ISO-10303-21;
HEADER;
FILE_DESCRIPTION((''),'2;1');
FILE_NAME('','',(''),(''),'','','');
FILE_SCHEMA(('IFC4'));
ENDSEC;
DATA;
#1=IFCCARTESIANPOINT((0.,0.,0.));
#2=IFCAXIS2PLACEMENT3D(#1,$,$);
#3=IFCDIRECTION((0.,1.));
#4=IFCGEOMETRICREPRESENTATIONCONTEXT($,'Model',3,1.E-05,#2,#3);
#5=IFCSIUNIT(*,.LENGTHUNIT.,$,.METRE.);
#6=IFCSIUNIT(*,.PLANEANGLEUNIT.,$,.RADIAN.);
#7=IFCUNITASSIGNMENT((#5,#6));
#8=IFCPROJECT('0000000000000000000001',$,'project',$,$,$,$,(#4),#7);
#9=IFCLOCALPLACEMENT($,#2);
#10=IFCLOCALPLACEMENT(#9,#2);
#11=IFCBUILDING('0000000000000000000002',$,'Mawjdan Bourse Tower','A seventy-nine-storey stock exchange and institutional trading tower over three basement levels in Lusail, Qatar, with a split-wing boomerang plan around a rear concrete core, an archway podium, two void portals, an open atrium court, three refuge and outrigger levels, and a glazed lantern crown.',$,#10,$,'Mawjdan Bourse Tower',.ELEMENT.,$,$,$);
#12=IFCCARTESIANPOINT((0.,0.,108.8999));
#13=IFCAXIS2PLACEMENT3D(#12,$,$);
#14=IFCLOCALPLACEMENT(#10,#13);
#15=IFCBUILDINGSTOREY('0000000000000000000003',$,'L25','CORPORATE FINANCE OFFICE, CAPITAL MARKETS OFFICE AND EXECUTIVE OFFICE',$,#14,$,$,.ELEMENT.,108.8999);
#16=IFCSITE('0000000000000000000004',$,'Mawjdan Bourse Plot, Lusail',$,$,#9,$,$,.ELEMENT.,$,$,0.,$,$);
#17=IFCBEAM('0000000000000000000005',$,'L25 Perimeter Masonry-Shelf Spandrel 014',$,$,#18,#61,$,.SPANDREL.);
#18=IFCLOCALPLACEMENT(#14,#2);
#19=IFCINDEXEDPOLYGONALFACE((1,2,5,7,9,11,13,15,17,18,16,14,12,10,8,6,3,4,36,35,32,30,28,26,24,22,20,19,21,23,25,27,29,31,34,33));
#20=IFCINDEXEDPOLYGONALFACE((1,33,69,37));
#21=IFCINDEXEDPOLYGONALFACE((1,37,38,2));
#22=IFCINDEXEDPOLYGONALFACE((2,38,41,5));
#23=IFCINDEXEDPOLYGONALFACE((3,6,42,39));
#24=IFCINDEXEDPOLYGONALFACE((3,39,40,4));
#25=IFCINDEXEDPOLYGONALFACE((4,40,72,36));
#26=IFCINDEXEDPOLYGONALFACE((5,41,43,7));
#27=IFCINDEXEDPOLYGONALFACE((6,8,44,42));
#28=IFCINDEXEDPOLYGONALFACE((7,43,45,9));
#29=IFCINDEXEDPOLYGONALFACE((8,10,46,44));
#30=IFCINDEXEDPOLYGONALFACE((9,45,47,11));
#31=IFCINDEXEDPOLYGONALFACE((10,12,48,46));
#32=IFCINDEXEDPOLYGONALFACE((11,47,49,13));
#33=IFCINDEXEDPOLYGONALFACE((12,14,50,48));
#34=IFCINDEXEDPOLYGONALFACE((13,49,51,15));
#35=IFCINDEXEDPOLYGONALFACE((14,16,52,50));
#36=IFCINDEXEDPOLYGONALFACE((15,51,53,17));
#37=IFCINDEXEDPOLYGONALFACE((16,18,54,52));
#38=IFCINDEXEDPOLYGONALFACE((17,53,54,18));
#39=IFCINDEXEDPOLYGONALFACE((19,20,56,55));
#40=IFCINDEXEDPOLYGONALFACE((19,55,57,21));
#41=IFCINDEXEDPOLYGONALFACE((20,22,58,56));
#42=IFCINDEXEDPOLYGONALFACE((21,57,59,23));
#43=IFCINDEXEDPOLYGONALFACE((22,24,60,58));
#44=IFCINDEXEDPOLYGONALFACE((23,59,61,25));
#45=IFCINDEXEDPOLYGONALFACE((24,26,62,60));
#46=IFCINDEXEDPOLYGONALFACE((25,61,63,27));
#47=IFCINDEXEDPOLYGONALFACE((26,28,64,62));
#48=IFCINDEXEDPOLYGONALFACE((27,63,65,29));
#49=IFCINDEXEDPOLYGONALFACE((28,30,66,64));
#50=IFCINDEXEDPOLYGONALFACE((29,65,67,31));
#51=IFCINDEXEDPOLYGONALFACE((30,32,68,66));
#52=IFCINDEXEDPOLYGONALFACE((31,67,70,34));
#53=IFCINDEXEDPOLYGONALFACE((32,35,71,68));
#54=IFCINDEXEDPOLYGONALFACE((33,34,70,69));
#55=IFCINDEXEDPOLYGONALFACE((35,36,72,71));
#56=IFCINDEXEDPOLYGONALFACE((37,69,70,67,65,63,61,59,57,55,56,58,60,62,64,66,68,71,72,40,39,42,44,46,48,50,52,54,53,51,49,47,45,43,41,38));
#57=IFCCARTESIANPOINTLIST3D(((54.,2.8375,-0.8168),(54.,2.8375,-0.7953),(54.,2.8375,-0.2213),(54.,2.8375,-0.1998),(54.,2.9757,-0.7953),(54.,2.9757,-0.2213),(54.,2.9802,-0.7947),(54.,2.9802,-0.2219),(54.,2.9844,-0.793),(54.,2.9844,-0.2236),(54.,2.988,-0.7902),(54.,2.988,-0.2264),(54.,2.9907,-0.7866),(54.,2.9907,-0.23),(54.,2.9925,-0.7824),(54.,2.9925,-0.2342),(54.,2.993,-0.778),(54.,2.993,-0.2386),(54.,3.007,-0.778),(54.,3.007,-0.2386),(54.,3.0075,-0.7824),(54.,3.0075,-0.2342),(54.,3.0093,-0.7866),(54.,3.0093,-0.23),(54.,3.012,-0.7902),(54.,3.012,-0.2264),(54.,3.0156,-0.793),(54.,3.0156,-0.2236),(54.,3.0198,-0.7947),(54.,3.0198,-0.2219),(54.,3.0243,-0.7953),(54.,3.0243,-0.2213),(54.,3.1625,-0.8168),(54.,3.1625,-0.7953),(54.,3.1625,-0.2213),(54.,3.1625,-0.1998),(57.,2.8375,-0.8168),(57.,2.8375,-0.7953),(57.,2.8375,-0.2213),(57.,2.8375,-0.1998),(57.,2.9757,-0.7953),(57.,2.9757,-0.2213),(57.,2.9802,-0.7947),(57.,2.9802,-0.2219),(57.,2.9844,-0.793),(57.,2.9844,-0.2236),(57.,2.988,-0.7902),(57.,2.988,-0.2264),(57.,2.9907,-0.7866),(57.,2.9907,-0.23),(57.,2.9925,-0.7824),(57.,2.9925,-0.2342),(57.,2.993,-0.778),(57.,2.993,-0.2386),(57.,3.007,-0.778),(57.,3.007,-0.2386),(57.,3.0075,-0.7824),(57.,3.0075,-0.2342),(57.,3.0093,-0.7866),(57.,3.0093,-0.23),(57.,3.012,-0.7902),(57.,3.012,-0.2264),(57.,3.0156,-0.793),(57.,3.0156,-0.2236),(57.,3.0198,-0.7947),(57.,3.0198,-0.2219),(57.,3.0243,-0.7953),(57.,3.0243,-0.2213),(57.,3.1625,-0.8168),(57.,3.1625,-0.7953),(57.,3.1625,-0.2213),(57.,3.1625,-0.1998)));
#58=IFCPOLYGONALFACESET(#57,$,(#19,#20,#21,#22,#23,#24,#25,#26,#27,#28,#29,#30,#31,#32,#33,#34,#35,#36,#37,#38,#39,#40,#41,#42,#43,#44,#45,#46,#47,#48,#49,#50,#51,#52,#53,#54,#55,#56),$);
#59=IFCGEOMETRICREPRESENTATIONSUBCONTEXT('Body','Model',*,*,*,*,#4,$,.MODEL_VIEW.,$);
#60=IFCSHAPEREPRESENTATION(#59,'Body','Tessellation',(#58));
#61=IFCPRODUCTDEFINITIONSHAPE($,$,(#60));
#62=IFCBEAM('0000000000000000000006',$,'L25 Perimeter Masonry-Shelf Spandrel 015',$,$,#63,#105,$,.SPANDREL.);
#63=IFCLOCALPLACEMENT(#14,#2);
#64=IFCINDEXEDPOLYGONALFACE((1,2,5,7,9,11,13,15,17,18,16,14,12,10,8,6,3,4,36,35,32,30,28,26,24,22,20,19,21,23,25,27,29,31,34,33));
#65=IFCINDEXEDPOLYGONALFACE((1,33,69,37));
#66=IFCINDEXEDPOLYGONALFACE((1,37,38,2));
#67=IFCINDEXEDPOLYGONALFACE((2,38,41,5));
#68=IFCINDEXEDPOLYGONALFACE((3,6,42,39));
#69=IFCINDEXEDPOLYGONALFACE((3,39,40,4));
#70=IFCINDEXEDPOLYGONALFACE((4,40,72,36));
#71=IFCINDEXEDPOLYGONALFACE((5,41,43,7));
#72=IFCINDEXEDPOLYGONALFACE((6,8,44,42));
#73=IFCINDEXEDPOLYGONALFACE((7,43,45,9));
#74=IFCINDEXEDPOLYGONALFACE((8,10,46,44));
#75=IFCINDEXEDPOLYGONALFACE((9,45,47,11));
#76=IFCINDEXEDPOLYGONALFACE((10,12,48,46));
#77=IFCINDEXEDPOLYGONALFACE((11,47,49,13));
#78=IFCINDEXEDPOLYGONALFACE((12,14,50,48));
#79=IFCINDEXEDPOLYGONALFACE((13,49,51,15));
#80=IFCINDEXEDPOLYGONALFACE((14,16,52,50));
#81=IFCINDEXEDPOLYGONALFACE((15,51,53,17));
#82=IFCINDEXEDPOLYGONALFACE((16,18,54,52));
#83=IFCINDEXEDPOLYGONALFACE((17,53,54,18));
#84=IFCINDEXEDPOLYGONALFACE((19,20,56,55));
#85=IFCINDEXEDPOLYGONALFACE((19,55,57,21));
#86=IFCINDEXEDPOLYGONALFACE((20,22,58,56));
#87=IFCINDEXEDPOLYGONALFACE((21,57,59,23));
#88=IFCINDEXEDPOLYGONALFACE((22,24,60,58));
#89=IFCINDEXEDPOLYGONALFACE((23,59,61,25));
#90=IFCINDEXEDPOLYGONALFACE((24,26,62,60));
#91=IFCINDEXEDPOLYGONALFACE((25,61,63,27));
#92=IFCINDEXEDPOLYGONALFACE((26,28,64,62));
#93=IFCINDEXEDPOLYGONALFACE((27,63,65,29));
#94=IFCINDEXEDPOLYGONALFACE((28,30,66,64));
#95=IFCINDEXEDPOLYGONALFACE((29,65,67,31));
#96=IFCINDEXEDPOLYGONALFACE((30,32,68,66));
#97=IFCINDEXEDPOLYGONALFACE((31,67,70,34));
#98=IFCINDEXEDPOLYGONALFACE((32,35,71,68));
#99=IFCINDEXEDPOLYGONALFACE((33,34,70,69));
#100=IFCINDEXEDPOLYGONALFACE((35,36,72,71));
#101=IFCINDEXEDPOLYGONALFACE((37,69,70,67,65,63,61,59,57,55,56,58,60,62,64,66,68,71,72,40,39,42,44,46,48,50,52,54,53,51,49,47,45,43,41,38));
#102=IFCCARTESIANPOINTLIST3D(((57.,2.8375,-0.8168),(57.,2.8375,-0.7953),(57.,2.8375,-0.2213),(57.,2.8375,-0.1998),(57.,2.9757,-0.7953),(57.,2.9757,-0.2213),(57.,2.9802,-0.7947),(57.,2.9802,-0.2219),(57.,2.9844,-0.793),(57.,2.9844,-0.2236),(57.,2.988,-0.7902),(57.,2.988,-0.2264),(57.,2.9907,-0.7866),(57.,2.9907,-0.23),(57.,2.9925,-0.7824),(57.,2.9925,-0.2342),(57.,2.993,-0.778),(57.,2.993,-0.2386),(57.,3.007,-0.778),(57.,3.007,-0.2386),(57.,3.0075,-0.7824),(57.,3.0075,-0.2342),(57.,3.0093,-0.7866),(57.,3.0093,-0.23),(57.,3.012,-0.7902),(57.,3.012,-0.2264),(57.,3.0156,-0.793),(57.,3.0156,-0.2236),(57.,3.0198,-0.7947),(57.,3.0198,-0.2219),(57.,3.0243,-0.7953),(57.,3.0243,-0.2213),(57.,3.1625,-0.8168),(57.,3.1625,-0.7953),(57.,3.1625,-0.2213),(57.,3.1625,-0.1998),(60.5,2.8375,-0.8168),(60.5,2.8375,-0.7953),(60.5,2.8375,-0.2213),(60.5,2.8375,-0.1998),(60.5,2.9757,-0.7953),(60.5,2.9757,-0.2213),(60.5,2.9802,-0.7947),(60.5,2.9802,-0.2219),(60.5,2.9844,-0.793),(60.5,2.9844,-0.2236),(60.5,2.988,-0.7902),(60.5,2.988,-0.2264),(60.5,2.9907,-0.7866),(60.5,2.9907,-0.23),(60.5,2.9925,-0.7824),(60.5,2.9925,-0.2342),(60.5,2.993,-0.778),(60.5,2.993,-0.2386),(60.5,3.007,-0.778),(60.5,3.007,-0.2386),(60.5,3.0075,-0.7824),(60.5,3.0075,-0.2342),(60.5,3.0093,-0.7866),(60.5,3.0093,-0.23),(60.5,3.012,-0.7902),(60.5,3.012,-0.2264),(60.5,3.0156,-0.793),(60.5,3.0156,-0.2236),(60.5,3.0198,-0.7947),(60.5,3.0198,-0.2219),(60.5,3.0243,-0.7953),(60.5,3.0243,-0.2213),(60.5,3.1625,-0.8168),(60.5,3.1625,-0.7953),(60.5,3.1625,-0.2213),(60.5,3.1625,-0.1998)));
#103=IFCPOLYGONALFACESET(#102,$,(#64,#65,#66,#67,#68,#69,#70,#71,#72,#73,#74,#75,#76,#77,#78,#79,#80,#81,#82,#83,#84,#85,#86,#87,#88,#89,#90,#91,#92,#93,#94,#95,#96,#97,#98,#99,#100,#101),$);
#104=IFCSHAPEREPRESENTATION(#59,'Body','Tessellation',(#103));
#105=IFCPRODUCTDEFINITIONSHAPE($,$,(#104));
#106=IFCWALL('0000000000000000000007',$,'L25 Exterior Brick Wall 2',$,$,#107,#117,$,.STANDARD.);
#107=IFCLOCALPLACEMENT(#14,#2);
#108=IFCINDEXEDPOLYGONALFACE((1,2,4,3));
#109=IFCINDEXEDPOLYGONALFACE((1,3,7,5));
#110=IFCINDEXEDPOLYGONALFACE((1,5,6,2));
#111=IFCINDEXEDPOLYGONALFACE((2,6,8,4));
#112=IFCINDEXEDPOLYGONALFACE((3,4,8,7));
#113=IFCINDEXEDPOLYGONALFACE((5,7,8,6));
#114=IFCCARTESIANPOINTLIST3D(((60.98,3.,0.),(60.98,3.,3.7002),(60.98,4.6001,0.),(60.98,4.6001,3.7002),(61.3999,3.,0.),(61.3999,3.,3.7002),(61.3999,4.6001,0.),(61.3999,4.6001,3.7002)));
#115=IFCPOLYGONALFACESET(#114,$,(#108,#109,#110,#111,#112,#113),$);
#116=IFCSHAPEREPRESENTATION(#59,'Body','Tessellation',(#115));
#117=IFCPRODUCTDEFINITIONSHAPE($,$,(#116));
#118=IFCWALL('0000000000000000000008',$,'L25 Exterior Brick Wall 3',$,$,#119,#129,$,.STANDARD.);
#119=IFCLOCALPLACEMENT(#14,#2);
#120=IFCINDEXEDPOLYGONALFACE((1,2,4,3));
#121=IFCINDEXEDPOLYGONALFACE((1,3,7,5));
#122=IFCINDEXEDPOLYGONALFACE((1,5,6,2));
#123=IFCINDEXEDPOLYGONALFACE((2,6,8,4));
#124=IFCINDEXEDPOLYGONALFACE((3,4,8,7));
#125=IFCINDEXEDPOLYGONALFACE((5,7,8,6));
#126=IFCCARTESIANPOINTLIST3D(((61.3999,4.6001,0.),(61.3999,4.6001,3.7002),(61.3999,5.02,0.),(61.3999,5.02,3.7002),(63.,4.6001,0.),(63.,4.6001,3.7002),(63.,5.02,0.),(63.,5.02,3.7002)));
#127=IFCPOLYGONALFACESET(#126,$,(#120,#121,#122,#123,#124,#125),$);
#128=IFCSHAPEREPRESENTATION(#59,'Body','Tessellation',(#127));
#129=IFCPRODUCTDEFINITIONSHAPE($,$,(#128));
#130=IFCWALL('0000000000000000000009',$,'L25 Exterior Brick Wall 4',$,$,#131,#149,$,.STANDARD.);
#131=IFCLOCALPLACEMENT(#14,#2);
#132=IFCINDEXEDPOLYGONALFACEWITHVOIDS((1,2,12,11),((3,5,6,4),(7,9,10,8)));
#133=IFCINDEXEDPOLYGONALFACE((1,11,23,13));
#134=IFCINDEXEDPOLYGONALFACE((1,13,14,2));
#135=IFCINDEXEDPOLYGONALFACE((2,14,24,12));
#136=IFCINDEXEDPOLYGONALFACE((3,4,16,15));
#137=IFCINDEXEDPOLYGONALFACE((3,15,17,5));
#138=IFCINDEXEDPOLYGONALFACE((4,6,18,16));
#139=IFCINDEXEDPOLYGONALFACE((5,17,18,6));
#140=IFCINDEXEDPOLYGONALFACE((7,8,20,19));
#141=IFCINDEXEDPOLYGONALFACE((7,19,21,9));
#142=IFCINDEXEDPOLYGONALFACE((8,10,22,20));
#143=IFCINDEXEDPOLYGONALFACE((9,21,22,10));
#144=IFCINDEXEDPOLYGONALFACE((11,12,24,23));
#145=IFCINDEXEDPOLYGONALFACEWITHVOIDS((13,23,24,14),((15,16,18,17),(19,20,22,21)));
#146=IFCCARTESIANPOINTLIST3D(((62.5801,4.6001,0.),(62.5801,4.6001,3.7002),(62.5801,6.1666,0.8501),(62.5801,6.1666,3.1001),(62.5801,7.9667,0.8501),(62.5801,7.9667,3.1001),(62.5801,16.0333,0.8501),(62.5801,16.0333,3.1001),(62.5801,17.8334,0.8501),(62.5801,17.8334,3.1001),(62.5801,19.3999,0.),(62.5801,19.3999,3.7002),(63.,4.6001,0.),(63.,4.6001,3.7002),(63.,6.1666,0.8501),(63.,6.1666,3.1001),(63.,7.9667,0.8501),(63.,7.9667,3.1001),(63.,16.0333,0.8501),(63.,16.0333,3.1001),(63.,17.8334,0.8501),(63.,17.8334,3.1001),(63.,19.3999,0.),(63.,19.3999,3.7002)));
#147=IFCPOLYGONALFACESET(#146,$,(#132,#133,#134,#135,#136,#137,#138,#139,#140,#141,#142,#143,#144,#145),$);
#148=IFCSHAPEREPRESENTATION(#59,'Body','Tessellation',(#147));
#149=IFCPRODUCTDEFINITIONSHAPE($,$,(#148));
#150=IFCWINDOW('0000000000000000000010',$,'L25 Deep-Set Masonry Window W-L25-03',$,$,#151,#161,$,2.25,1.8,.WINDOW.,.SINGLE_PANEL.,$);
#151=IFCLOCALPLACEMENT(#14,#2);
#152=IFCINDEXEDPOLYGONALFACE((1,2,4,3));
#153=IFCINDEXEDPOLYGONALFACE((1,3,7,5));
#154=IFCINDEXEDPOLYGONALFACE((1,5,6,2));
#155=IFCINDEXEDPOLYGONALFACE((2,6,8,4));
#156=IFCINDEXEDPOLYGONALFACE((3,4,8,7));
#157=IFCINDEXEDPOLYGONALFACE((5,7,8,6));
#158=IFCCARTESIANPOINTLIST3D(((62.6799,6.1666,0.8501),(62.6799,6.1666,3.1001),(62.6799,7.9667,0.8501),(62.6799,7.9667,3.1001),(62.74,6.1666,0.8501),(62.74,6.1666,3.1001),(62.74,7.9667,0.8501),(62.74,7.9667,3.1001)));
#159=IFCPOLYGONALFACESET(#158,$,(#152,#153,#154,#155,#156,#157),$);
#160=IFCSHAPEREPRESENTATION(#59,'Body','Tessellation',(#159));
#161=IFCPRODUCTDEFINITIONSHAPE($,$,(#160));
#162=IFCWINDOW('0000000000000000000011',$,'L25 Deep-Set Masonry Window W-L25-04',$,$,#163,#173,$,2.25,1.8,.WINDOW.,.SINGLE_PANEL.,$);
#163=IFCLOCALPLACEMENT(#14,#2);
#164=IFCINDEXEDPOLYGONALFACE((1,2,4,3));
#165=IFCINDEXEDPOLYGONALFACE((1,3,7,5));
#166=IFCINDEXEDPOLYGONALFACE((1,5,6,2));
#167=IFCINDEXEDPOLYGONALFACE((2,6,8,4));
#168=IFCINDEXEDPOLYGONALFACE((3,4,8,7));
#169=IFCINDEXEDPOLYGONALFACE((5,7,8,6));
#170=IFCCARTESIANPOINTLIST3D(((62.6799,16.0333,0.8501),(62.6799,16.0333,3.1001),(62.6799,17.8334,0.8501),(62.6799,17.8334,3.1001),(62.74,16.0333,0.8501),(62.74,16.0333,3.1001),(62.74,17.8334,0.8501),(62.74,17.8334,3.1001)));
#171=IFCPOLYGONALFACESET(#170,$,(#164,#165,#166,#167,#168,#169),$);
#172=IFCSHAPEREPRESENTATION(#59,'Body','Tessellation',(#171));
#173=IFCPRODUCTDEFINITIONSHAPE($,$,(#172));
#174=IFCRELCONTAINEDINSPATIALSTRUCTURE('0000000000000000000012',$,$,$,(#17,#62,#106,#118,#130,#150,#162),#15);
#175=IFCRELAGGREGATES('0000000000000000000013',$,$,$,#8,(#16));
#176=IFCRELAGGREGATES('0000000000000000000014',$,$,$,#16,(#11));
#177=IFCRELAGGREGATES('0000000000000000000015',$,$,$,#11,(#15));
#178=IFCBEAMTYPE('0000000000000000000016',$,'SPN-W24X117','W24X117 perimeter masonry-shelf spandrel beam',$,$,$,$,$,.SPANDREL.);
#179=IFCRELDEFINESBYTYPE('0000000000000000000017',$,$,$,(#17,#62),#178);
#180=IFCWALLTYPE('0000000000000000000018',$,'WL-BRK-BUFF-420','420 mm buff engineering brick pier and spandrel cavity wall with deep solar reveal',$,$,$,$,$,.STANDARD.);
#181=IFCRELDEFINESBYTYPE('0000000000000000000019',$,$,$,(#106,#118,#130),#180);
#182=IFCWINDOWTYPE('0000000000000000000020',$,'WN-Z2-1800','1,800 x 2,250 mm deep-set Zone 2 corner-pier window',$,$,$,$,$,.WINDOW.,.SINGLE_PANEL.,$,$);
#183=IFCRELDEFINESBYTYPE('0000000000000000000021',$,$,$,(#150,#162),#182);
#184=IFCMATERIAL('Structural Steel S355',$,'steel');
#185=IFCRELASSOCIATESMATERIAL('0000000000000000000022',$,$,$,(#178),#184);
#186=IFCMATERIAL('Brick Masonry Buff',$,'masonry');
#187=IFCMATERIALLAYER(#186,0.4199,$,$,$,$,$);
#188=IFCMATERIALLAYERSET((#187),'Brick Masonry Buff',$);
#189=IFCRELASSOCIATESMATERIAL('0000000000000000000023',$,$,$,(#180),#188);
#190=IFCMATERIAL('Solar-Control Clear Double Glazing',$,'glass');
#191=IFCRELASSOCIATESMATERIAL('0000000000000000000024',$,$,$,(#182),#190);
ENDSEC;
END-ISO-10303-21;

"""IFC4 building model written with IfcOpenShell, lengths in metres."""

from ifc_helpers import new_model, si_unit, direction, frame, frame_2d, origin, origin_2d, place, context, subcontext, project, spatial, rectangle, i_section, extrude, material, layer, layer_set, material_profile, profile_set, type_object, element, fill, save


model = new_model("IFC4")

# Units and contexts
model_context = context("Model", 3, precision=1e-05, world=origin(), true_north=direction((0.0, 1.0)))
body_context = subcontext(model_context, "Body", "Model", "MODEL_VIEW")
ifc_project = project(units=[si_unit("LENGTHUNIT", "METRE"), si_unit("PLANEANGLEUNIT", "RADIAN")], contexts=[model_context])

# Site, building, storey
site_placement = place(None, origin())
site = spatial("IfcSite", under=ifc_project, at=site_placement, Name="Mawjdan Bourse Plot, Lusail", CompositionType="ELEMENT", RefElevation=0.0)
building_placement = place(site_placement, origin())
building = spatial("IfcBuilding", under=site, at=building_placement, Name="Mawjdan Bourse Tower", Description="A seventy-nine-storey stock exchange and institutional trading tower over three basement levels in Lusail, Qatar, with a split-wing boomerang plan around a rear concrete core, an archway podium, two void portals, an open atrium court, three refuge and outrigger levels, and a glazed lantern crown.", LongName="Mawjdan Bourse Tower", CompositionType="ELEMENT")
storey_placement = place(building_placement, frame((0.0, 0.0, 108.8999)))
storey = spatial("IfcBuildingStorey", under=building, at=storey_placement, Name="L25", Description="CORPORATE FINANCE OFFICE, CAPITAL MARKETS OFFICE AND EXECUTIVE OFFICE", CompositionType="ELEMENT", Elevation=108.8999)

# Beams
ifc_material_1 = material(Name="Structural Steel S355", Category="steel")
ifc_material_profile_1 = material_profile(ifc_material_1, i_section(OverallWidth=0.325, OverallDepth=0.6169, WebThickness=0.0139, FlangeThickness=0.0215, FilletRadius=0.0173, at=origin_2d()), Name="W24X117")
ifc_profile_set_1 = profile_set([ifc_material_profile_1], Name="Structural Steel S355")
beam_type_1 = type_object("IfcBeamType", Name="SPN-W24X117", Description="W24X117 perimeter masonry-shelf spandrel beam", PredefinedType="SPANDREL", material=ifc_profile_set_1)
for number, where, z_axis, x_axis, name in (
    (1, (54.0, 3.0, -0.5083), (1.0, 0.0, 0.0), (0.0, 1.0, 0.0), "L25 Perimeter Masonry-Shelf Spandrel 014"),
):
    element("IfcBeam", number, at=place(storey_placement, frame(where, z_axis=z_axis, x_axis=x_axis)), inside=storey, type_object=beam_type_1, Name=name, PredefinedType="SPANDREL", context=body_context, shape_type="SweptSolid", body=[
        extrude(i_section(OverallWidth=0.325, OverallDepth=0.6169, WebThickness=0.0139, FlangeThickness=0.0215, FilletRadius=0.0173, at=origin_2d()), origin(), (0.0, 0.0, 1.0), 3.0),
    ])
beam_1_placement = place(storey_placement, frame((57.0, 3.0, -0.5083), z_axis=(1.0, 0.0, 0.0), x_axis=(0.0, 1.0, 0.0)))
element("IfcBeam", 2, at=beam_1_placement, inside=storey, type_object=beam_type_1, Name="L25 Perimeter Masonry-Shelf Spandrel 015", PredefinedType="SPANDREL", context=body_context, shape_type="SweptSolid", body=[
    extrude(i_section(OverallWidth=0.325, OverallDepth=0.6169, WebThickness=0.0139, FlangeThickness=0.0215, FilletRadius=0.0173, at=origin_2d()), origin(), (0.0, 0.0, 1.0), 3.5),
])

# Walls
ifc_material_2 = material(Name="Brick Masonry Buff", Category="masonry")
ifc_layer_1 = layer(ifc_material_2, 0.4199)
ifc_layer_set_1 = layer_set([ifc_layer_1], Name="Brick Masonry Buff")
wall_type_1 = type_object("IfcWallType", Name="WL-BRK-BUFF-420", Description="420 mm buff engineering brick pier and spandrel cavity wall with deep solar reveal", PredefinedType="STANDARD", material=ifc_layer_set_1)
for number, where, z_axis, x_axis, name in (
    (3, (61.1899, 3.0, 0.0), (0.0, 0.0, 1.0), (0.0, 1.0, 0.0), "L25 Exterior Brick Wall 2"),
    (4, (61.3999, 4.8101, 0.0), (0.0, 0.0, 1.0), (1.0, 0.0, 0.0), "L25 Exterior Brick Wall 3"),
):
    element("IfcWall", number, at=place(storey_placement, frame(where, z_axis=z_axis, x_axis=x_axis)), inside=storey, type_object=wall_type_1, Name=name, PredefinedType="STANDARD", context=body_context, shape_type="SweptSolid", body=[
        extrude(rectangle(XDim=1.6001, YDim=0.4199, at=frame_2d((0.8, 0.0))), origin(), (0.0, 0.0, 1.0), 3.7002),
    ])

# Wall, openings, windows
wall_1_placement = place(storey_placement, frame((62.79, 4.6001, 0.0), z_axis=(0.0, 0.0, 1.0), x_axis=(0.0, 1.0, 0.0)))
wall_1 = element("IfcWall", 5, at=wall_1_placement, inside=storey, type_object=wall_type_1, Name="L25 Exterior Brick Wall 4", PredefinedType="STANDARD", context=body_context, shape_type="SweptSolid", body=[
    extrude(rectangle(XDim=14.7998, YDim=0.4199, at=frame_2d((7.3999, 0.0))), origin(), (0.0, 0.0, 1.0), 3.7002),
])
opening_1_placement = place(wall_1_placement, frame((1.5667, 0.0, 0.8501)))
opening_1 = element("IfcOpeningElement", 6, at=opening_1_placement, cuts=wall_1, PredefinedType="OPENING", context=body_context, shape_type="SweptSolid", body=[
    extrude(rectangle(XDim=1.8, YDim=2.25, at=frame_2d((0.8999, 1.125))), frame((0.0, 0.22, 0.0), z_axis=(0.0, -1.0, 0.0), x_axis=(1.0, 0.0, 0.0)), (0.0, 0.0, 1.0), 0.4399),
])
opening_2_placement = place(wall_1_placement, frame((11.4333, 0.0, 0.8501)))
opening_2 = element("IfcOpeningElement", 7, at=opening_2_placement, cuts=wall_1, PredefinedType="OPENING", context=body_context, shape_type="SweptSolid", body=[
    extrude(rectangle(XDim=1.8, YDim=2.25, at=frame_2d((0.8999, 1.125))), frame((0.0, 0.22, 0.0), z_axis=(0.0, -1.0, 0.0), x_axis=(1.0, 0.0, 0.0)), (0.0, 0.0, 1.0), 0.4399),
])
ifc_material_3 = material(Name="Solar-Control Clear Double Glazing", Category="glass")
window_type = type_object("IfcWindowType", Name="WN-Z2-1800", Description="1,800 x 2,250 mm deep-set Zone 2 corner-pier window", PartitioningType="SINGLE_PANEL", PredefinedType="WINDOW", material=ifc_material_3)
window_1_placement = place(opening_1_placement, origin())
window_1 = element("IfcWindow", 8, at=window_1_placement, inside=storey, type_object=window_type, Name="L25 Deep-Set Masonry Window W-L25-03", OverallHeight=2.25, OverallWidth=1.8, PartitioningType="SINGLE_PANEL", PredefinedType="WINDOW", context=body_context, shape_type="SweptSolid", body=[
    extrude(rectangle(XDim=1.8, YDim=2.25, at=frame_2d((0.8999, 1.125))), frame((0.0, 0.1101, 0.0), z_axis=(0.0, -1.0, 0.0), x_axis=(1.0, 0.0, 0.0)), (0.0, 0.0, 1.0), 0.0601),
])
fill(opening_1, window_1)
window_2_placement = place(opening_2_placement, origin())
window_2 = element("IfcWindow", 9, at=window_2_placement, inside=storey, type_object=window_type, Name="L25 Deep-Set Masonry Window W-L25-04", OverallHeight=2.25, OverallWidth=1.8, PartitioningType="SINGLE_PANEL", PredefinedType="WINDOW", context=body_context, shape_type="SweptSolid", body=[
    extrude(rectangle(XDim=1.8, YDim=2.25, at=frame_2d((0.8999, 1.125))), frame((0.0, 0.1101, 0.0), z_axis=(0.0, -1.0, 0.0), x_axis=(1.0, 0.0, 0.0)), (0.0, 0.0, 1.0), 0.0601),
])
fill(opening_2, window_2)

save(model, "model.ifc")
